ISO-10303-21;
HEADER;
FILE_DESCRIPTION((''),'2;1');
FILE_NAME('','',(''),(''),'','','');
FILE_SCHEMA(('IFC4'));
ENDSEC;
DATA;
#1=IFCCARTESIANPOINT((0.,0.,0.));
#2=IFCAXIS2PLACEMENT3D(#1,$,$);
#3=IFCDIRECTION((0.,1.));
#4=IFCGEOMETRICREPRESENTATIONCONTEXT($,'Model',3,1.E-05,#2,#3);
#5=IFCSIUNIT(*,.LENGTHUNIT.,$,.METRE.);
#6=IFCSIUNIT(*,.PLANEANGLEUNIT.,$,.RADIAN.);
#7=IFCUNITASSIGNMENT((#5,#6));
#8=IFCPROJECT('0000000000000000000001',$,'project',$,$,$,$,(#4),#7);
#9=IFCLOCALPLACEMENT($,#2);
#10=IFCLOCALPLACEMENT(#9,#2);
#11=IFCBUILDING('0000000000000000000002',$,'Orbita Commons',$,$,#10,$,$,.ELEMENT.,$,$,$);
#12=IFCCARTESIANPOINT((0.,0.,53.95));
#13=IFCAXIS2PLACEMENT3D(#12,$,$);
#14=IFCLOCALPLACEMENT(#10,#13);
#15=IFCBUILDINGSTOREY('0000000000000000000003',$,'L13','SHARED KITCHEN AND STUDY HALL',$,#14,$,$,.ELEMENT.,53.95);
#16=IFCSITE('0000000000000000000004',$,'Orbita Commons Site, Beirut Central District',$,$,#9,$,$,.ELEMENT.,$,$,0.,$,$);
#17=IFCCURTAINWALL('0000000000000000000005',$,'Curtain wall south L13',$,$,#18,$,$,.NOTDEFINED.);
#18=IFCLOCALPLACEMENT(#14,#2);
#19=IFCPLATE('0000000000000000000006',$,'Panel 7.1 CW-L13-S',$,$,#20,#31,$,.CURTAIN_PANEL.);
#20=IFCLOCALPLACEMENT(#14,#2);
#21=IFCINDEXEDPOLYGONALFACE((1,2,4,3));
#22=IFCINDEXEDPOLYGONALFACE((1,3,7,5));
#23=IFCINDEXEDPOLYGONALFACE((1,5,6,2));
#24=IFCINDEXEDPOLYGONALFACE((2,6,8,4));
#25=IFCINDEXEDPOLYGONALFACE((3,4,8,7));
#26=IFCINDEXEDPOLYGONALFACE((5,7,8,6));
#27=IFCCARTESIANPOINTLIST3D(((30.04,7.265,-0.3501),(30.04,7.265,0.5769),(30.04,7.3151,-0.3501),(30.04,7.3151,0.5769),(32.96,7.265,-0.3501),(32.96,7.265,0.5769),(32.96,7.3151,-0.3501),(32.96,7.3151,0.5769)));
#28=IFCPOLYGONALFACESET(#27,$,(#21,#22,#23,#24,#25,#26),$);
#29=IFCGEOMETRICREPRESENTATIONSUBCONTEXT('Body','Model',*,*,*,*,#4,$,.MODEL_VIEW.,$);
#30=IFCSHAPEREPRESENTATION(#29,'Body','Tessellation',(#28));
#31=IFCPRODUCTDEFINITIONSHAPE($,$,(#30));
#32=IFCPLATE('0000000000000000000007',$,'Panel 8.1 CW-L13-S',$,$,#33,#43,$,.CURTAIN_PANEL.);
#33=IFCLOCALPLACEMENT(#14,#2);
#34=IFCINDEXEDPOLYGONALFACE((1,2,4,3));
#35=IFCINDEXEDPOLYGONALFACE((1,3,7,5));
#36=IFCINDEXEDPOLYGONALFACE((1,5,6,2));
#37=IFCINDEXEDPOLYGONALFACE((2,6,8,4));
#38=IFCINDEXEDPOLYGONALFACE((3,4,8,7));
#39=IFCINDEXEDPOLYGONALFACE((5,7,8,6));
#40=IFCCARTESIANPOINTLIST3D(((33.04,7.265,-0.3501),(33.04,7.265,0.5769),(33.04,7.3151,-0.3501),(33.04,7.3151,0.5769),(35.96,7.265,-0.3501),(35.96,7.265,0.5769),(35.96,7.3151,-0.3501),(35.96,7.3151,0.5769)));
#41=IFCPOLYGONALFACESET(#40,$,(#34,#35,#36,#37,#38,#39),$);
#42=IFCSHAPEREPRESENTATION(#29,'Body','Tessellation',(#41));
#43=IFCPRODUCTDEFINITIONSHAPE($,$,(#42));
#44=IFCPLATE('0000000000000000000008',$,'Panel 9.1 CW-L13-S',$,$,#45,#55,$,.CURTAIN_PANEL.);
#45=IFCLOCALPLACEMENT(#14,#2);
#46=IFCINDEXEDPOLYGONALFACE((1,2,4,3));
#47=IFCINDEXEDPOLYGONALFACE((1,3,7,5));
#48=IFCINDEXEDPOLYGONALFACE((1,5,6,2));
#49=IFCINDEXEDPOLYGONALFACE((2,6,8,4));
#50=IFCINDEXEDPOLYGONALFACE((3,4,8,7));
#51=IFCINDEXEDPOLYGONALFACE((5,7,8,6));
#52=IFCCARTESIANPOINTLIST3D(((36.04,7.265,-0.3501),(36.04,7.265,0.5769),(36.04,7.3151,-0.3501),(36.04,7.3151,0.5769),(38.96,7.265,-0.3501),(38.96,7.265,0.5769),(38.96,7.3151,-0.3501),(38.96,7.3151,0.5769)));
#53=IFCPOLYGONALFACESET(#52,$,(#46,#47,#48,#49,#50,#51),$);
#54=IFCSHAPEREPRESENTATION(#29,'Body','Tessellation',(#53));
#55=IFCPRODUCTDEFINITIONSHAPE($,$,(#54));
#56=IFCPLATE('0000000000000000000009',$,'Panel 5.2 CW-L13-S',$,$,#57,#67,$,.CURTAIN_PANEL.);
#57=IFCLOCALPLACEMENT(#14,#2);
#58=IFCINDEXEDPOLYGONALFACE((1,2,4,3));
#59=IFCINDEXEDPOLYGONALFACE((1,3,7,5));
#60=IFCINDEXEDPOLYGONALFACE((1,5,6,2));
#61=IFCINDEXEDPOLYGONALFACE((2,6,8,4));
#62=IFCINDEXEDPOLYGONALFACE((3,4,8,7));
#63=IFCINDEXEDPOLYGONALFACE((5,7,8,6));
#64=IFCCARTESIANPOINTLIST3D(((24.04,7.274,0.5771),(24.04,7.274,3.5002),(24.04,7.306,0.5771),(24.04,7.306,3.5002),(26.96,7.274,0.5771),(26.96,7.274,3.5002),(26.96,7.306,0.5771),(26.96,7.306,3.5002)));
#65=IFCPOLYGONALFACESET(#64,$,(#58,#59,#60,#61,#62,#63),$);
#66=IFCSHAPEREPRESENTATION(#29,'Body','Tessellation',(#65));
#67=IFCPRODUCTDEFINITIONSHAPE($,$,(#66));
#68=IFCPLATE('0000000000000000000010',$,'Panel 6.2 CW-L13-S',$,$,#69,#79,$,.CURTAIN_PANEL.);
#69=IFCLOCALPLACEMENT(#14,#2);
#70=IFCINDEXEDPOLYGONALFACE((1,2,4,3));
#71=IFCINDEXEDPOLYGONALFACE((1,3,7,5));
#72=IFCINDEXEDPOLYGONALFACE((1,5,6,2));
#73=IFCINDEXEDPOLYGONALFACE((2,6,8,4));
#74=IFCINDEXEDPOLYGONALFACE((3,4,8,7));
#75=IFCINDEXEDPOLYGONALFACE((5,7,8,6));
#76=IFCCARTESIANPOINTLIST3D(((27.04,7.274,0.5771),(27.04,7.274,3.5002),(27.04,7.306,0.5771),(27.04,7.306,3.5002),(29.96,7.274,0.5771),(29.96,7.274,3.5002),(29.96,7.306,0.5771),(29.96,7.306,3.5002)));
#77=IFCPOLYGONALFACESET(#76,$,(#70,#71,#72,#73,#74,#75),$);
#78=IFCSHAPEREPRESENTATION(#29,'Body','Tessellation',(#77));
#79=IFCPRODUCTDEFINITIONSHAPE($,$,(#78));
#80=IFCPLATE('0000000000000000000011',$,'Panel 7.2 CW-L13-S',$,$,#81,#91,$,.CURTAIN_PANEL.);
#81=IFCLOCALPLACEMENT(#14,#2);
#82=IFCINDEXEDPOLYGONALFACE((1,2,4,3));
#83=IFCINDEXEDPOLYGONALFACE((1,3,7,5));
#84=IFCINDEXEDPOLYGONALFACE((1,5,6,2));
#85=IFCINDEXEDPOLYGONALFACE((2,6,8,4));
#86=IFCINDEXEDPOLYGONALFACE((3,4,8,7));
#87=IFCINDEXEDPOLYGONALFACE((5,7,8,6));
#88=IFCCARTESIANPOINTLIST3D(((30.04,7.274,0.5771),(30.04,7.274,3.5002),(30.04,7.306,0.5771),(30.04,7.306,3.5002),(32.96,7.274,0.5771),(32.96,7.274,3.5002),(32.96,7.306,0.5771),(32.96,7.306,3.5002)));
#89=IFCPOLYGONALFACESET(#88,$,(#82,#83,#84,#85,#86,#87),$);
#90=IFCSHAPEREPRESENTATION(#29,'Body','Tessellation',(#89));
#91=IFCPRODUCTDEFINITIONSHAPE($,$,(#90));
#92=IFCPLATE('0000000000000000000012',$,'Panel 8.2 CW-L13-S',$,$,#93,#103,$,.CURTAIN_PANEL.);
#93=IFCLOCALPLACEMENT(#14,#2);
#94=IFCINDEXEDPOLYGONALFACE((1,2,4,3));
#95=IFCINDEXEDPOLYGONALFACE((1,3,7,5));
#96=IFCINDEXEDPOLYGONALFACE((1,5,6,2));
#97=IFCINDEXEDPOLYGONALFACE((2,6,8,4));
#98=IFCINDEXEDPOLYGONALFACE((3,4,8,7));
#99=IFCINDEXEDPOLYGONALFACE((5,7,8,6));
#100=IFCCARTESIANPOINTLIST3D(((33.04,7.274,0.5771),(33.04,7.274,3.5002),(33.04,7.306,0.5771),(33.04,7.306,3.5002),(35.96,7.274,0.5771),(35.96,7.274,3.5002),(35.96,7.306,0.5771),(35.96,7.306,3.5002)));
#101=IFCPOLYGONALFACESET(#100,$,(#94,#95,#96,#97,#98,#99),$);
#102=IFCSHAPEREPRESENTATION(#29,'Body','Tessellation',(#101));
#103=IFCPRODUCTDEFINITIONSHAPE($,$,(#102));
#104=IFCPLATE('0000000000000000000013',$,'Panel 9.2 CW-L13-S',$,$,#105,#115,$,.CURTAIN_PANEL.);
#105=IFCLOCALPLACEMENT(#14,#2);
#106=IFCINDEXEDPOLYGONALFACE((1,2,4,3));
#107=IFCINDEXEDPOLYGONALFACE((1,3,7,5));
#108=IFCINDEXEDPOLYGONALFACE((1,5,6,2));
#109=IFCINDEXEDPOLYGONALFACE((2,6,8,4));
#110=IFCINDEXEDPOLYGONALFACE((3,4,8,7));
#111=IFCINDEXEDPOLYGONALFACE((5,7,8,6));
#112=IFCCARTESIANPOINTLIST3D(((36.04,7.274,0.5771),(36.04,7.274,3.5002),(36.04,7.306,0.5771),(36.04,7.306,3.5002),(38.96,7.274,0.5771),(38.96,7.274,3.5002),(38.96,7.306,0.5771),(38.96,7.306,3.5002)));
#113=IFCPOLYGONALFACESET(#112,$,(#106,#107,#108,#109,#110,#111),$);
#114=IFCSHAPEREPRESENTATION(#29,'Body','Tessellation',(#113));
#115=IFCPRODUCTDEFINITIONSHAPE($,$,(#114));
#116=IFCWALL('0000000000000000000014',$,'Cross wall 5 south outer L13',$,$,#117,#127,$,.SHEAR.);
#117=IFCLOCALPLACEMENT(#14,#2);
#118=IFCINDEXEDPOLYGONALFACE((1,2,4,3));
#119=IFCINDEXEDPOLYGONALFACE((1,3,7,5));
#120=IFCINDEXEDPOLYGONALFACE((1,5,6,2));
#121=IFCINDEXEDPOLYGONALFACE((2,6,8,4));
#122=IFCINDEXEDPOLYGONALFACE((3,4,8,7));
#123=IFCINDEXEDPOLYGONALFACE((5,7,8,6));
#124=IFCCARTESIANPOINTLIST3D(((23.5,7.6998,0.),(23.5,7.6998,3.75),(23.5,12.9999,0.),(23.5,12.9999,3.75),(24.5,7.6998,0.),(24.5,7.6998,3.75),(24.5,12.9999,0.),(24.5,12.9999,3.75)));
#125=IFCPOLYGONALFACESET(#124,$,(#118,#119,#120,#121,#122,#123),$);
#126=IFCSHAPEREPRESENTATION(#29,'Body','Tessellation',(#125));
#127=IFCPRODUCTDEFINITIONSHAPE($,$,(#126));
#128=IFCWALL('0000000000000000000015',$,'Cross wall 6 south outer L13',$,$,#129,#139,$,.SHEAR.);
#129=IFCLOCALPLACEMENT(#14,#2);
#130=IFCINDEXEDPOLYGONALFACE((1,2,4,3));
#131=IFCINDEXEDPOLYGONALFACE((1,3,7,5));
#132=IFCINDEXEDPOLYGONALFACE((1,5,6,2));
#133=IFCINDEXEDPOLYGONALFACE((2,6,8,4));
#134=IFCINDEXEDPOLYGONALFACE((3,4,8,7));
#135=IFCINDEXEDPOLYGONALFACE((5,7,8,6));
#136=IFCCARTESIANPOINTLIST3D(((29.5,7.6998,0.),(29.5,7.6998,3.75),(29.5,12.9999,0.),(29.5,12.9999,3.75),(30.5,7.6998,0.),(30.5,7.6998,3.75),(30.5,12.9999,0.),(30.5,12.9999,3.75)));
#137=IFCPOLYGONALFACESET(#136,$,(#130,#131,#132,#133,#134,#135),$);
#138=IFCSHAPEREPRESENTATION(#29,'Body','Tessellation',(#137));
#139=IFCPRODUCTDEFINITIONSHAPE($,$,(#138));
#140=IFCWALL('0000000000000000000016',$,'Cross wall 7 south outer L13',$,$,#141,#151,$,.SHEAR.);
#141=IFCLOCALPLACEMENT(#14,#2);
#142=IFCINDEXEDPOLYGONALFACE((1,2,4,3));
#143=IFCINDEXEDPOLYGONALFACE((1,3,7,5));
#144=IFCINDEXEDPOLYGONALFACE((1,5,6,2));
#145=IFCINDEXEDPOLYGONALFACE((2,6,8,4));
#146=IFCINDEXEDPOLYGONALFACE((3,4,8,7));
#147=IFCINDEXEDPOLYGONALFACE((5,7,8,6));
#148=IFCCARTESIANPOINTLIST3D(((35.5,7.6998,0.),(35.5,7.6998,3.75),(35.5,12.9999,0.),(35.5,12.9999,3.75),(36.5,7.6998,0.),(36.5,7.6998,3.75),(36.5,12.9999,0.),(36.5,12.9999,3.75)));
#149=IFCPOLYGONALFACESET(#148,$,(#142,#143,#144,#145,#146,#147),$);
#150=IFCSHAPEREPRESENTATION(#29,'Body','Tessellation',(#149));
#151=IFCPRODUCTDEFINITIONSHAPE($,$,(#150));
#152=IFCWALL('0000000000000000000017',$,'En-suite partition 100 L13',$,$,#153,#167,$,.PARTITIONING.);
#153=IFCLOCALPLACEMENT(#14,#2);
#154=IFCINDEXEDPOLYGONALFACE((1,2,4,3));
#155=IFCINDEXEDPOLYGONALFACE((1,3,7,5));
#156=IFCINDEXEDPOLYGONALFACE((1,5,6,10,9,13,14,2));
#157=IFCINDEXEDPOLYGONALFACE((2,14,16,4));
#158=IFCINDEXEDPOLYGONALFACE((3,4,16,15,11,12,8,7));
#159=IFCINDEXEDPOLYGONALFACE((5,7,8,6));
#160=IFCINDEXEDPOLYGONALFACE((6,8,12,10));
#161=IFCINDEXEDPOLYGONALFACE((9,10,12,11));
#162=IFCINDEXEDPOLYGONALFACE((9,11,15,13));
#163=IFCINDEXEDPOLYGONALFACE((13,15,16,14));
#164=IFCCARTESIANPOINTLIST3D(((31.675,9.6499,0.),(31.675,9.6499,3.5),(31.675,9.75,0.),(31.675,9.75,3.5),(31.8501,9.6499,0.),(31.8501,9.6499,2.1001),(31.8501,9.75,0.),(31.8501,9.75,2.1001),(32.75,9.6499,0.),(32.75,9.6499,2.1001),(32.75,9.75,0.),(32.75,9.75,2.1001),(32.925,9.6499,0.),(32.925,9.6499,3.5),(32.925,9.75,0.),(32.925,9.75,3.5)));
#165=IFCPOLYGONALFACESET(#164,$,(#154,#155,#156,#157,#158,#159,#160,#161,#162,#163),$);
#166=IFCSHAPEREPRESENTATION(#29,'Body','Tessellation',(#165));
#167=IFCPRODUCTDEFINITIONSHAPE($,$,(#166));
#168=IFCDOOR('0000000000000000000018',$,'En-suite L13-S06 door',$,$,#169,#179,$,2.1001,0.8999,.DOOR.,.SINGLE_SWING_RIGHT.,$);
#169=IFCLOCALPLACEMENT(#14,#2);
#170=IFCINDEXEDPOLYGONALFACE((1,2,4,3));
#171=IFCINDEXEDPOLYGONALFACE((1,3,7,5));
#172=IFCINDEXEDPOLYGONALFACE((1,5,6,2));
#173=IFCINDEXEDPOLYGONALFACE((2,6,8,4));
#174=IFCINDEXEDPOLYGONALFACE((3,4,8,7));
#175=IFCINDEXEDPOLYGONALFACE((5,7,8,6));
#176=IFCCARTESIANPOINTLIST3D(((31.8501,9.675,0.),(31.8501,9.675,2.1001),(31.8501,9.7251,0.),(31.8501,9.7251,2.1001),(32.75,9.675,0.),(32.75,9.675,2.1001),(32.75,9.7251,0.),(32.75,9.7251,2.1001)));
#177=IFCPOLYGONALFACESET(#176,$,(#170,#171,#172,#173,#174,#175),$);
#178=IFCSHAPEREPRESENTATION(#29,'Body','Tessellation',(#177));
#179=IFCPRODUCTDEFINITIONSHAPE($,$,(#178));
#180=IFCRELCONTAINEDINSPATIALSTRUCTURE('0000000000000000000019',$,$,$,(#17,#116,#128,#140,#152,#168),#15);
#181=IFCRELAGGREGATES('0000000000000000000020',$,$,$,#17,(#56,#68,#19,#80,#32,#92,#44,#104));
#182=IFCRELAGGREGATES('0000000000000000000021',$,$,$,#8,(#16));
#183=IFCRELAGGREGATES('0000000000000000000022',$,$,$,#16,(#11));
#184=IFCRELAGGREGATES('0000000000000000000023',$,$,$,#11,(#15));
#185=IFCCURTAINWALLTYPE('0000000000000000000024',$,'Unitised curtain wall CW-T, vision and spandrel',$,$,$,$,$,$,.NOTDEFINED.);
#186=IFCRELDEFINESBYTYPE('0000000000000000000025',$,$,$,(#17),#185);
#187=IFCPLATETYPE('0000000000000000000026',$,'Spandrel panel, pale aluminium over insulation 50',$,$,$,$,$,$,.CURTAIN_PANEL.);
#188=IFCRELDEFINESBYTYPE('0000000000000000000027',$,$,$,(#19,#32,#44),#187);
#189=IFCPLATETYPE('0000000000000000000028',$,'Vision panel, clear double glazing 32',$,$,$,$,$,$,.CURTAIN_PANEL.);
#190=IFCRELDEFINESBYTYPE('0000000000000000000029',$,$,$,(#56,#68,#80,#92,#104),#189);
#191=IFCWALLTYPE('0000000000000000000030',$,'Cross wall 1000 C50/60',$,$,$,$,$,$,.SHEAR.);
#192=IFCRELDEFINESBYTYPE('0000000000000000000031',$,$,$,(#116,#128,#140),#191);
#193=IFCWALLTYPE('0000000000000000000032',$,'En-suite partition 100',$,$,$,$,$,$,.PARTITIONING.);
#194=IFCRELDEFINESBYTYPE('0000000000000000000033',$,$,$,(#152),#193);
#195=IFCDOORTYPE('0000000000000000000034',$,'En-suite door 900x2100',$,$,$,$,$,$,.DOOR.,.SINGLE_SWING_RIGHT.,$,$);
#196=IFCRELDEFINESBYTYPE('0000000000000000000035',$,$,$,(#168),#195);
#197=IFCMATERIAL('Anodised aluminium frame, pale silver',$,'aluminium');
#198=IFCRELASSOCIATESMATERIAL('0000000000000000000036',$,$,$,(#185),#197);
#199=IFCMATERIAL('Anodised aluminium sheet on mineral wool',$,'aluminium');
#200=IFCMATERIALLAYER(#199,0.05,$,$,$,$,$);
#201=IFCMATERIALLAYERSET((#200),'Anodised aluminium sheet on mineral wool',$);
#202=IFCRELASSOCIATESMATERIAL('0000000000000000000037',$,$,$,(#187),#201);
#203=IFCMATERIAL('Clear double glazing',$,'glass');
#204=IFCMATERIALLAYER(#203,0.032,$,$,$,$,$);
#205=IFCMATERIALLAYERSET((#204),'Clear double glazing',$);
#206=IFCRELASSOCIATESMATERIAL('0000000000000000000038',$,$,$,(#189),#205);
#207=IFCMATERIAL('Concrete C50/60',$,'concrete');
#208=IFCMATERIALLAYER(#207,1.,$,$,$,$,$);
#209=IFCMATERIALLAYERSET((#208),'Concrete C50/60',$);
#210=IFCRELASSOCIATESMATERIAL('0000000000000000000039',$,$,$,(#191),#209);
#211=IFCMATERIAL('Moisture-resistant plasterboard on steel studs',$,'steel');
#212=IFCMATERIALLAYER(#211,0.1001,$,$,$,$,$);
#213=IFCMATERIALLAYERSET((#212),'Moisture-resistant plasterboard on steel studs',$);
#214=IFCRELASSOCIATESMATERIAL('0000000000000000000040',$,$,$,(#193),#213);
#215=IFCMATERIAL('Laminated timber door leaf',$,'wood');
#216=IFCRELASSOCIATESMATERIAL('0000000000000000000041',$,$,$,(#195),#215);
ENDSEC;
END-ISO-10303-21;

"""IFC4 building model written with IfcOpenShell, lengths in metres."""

from ifc_helpers import new_model, si_unit, direction, frame, frame_2d, origin, origin_2d, place, context, subcontext, project, spatial, rectangle, extrude, material, layer, layer_set, type_object, element, fill, aggregate, save


model = new_model("IFC4")

# Units and contexts
model_context = context("Model", 3, precision=1e-05, world=origin(), true_north=direction((0.0, 1.0)))
body_context = subcontext(model_context, "Body", "Model", "MODEL_VIEW")
ifc_project = project(units=[si_unit("LENGTHUNIT", "METRE"), si_unit("PLANEANGLEUNIT", "RADIAN")], contexts=[model_context])

# Site, building, storey
site_placement = place(None, origin())
site = spatial("IfcSite", under=ifc_project, at=site_placement, Name="Orbita Commons Site, Beirut Central District", CompositionType="ELEMENT", RefElevation=0.0)
building_placement = place(site_placement, origin())
building = spatial("IfcBuilding", under=site, at=building_placement, Name="Orbita Commons", CompositionType="ELEMENT")
storey_placement = place(building_placement, frame((0.0, 0.0, 53.95)))
storey = spatial("IfcBuildingStorey", under=building, at=storey_placement, Name="L13", Description="SHARED KITCHEN AND STUDY HALL", CompositionType="ELEMENT", Elevation=53.95)

# Curtain wall, plates
ifc_material_1 = material(Name="Anodised aluminium frame, pale silver", Category="aluminium")
curtain_wall_type = type_object("IfcCurtainWallType", Name="Unitised curtain wall CW-T, vision and spandrel", PredefinedType="NOTDEFINED", material=ifc_material_1)
curtain_wall_placement = place(storey_placement, origin())
curtain_wall = element("IfcCurtainWall", 1, at=curtain_wall_placement, inside=storey, type_object=curtain_wall_type, Name="Curtain wall south L13", PredefinedType="NOTDEFINED")
ifc_material_2 = material(Name="Anodised aluminium sheet on mineral wool", Category="aluminium")
ifc_layer_1 = layer(ifc_material_2, 0.05)
ifc_layer_set_1 = layer_set([ifc_layer_1], Name="Anodised aluminium sheet on mineral wool")
plate_type_1 = type_object("IfcPlateType", Name="Spandrel panel, pale aluminium over insulation 50", PredefinedType="CURTAIN_PANEL", material=ifc_layer_set_1)
plate_1_placement = place(storey_placement, frame((31.5, 7.29, -0.3501), z_axis=(0.0, 0.0, 1.0), x_axis=(1.0, 0.0, 0.0)))
plate_1 = element("IfcPlate", 2, at=plate_1_placement, type_object=plate_type_1, Name="Panel 7.1 CW-L13-S", PredefinedType="CURTAIN_PANEL", context=body_context, shape_type="SweptSolid", body=[
    extrude(rectangle(XDim=2.9199, YDim=0.05, at=origin_2d()), origin(), (0.0, 0.0, 1.0), 0.927),
])
plate_2_placement = place(storey_placement, frame((34.5, 7.29, -0.3501), z_axis=(0.0, 0.0, 1.0), x_axis=(1.0, 0.0, 0.0)))
plate_2 = element("IfcPlate", 3, at=plate_2_placement, type_object=plate_type_1, Name="Panel 8.1 CW-L13-S", PredefinedType="CURTAIN_PANEL", context=body_context, shape_type="SweptSolid", body=[
    extrude(rectangle(XDim=2.9199, YDim=0.05, at=origin_2d()), origin(), (0.0, 0.0, 1.0), 0.927),
])
plate_3_placement = place(storey_placement, frame((37.5, 7.29, -0.3501), z_axis=(0.0, 0.0, 1.0), x_axis=(1.0, 0.0, 0.0)))
plate_3 = element("IfcPlate", 4, at=plate_3_placement, type_object=plate_type_1, Name="Panel 9.1 CW-L13-S", PredefinedType="CURTAIN_PANEL", context=body_context, shape_type="SweptSolid", body=[
    extrude(rectangle(XDim=2.9199, YDim=0.05, at=origin_2d()), origin(), (0.0, 0.0, 1.0), 0.927),
])
ifc_material_3 = material(Name="Clear double glazing", Category="glass")
ifc_layer_2 = layer(ifc_material_3, 0.032)
ifc_layer_set_2 = layer_set([ifc_layer_2], Name="Clear double glazing")
plate_type_2 = type_object("IfcPlateType", Name="Vision panel, clear double glazing 32", PredefinedType="CURTAIN_PANEL", material=ifc_layer_set_2)
plate_4_placement = place(storey_placement, frame((25.5, 7.29, 0.5771), z_axis=(0.0, 0.0, 1.0), x_axis=(1.0, 0.0, 0.0)))
plate_4 = element("IfcPlate", 5, at=plate_4_placement, type_object=plate_type_2, Name="Panel 5.2 CW-L13-S", PredefinedType="CURTAIN_PANEL", context=body_context, shape_type="SweptSolid", body=[
    extrude(rectangle(XDim=2.9199, YDim=0.032, at=origin_2d()), origin(), (0.0, 0.0, 1.0), 2.9231),
])
plate_5_placement = place(storey_placement, frame((28.5, 7.29, 0.5771), z_axis=(0.0, 0.0, 1.0), x_axis=(1.0, 0.0, 0.0)))
plate_5 = element("IfcPlate", 6, at=plate_5_placement, type_object=plate_type_2, Name="Panel 6.2 CW-L13-S", PredefinedType="CURTAIN_PANEL", context=body_context, shape_type="SweptSolid", body=[
    extrude(rectangle(XDim=2.9199, YDim=0.032, at=origin_2d()), origin(), (0.0, 0.0, 1.0), 2.9231),
])
plate_6_placement = place(storey_placement, frame((31.5, 7.29, 0.5771), z_axis=(0.0, 0.0, 1.0), x_axis=(1.0, 0.0, 0.0)))
plate_6 = element("IfcPlate", 7, at=plate_6_placement, type_object=plate_type_2, Name="Panel 7.2 CW-L13-S", PredefinedType="CURTAIN_PANEL", context=body_context, shape_type="SweptSolid", body=[
    extrude(rectangle(XDim=2.9199, YDim=0.032, at=origin_2d()), origin(), (0.0, 0.0, 1.0), 2.9231),
])
plate_7_placement = place(storey_placement, frame((34.5, 7.29, 0.5771), z_axis=(0.0, 0.0, 1.0), x_axis=(1.0, 0.0, 0.0)))
plate_7 = element("IfcPlate", 8, at=plate_7_placement, type_object=plate_type_2, Name="Panel 8.2 CW-L13-S", PredefinedType="CURTAIN_PANEL", context=body_context, shape_type="SweptSolid", body=[
    extrude(rectangle(XDim=2.9199, YDim=0.032, at=origin_2d()), origin(), (0.0, 0.0, 1.0), 2.9231),
])
plate_8_placement = place(storey_placement, frame((37.5, 7.29, 0.5771), z_axis=(0.0, 0.0, 1.0), x_axis=(1.0, 0.0, 0.0)))
plate_8 = element("IfcPlate", 9, at=plate_8_placement, type_object=plate_type_2, Name="Panel 9.2 CW-L13-S", PredefinedType="CURTAIN_PANEL", context=body_context, shape_type="SweptSolid", body=[
    extrude(rectangle(XDim=2.9199, YDim=0.032, at=origin_2d()), origin(), (0.0, 0.0, 1.0), 2.9231),
])
aggregate(curtain_wall, [plate_4, plate_5, plate_1, plate_6, plate_2, plate_7, plate_3, plate_8])

# Walls
ifc_material_4 = material(Name="Concrete C50/60", Category="concrete")
ifc_layer_3 = layer(ifc_material_4, 1.0)
ifc_layer_set_3 = layer_set([ifc_layer_3], Name="Concrete C50/60")
wall_type_1 = type_object("IfcWallType", Name="Cross wall 1000 C50/60", PredefinedType="SHEAR", material=ifc_layer_set_3)
for number, where, z_axis, x_axis, name in (
    (10, (24.0, 7.7, 0.0), (0.0, 0.0, 1.0), (0.0, 1.0, 0.0), "Cross wall 5 south outer L13"),
    (11, (30.0, 7.7, 0.0), (0.0, 0.0, 1.0), (0.0, 1.0, 0.0), "Cross wall 6 south outer L13"),
    (12, (36.0, 7.7, 0.0), (0.0, 0.0, 1.0), (0.0, 1.0, 0.0), "Cross wall 7 south outer L13"),
):
    element("IfcWall", number, at=place(storey_placement, frame(where, z_axis=z_axis, x_axis=x_axis)), inside=storey, type_object=wall_type_1, Name=name, PredefinedType="SHEAR", context=body_context, shape_type="SweptSolid", body=[
        extrude(rectangle(XDim=5.3, YDim=1.0, at=frame_2d((2.6499, 0.0))), origin(), (0.0, 0.0, 1.0), 3.75),
    ])

# Wall, opening, door
ifc_material_5 = material(Name="Moisture-resistant plasterboard on steel studs", Category="steel")
ifc_layer_4 = layer(ifc_material_5, 0.1001)
ifc_layer_set_4 = layer_set([ifc_layer_4], Name="Moisture-resistant plasterboard on steel studs")
wall_type_2 = type_object("IfcWallType", Name="En-suite partition 100", PredefinedType="PARTITIONING", material=ifc_layer_set_4)
wall_1_placement = place(storey_placement, frame((32.925, 9.7, 0.0), z_axis=(0.0, 0.0, 1.0), x_axis=(-1.0, 0.0, 0.0)))
wall_1 = element("IfcWall", 13, at=wall_1_placement, inside=storey, type_object=wall_type_2, Name="En-suite partition 100 L13", PredefinedType="PARTITIONING", context=body_context, shape_type="SweptSolid", body=[
    extrude(rectangle(XDim=1.25, YDim=0.1001, at=frame_2d((0.625, 0.0))), origin(), (0.0, 0.0, 1.0), 3.5),
])
opening_1_placement = place(wall_1_placement, frame((0.175, 0.0, 0.0)))
opening_1 = element("IfcOpeningElement", 14, at=opening_1_placement, cuts=wall_1, PredefinedType="OPENING", context=body_context, shape_type="SweptSolid", body=[
    extrude(rectangle(XDim=0.8999, YDim=2.1001, at=frame_2d((0.45, 1.05))), frame((0.0, 0.0601, 0.0), z_axis=(0.0, -1.0, 0.0), x_axis=(1.0, 0.0, 0.0)), (0.0, 0.0, 1.0), 0.1201),
])
ifc_material_6 = material(Name="Laminated timber door leaf", Category="wood")
door_type = type_object("IfcDoorType", Name="En-suite door 900x2100", OperationType="SINGLE_SWING_RIGHT", PredefinedType="DOOR", material=ifc_material_6)
door_1_placement = place(opening_1_placement, origin())
door_1 = element("IfcDoor", 15, at=door_1_placement, inside=storey, type_object=door_type, Name="En-suite L13-S06 door", OperationType="SINGLE_SWING_RIGHT", OverallHeight=2.1001, OverallWidth=0.8999, PredefinedType="DOOR", context=body_context, shape_type="SweptSolid", body=[
    extrude(rectangle(XDim=0.8999, YDim=2.1001, at=frame_2d((0.45, 1.05))), frame((0.0, 0.0249, 0.0), z_axis=(0.0, -1.0, 0.0), x_axis=(1.0, 0.0, 0.0)), (0.0, 0.0, 1.0), 0.05),
])
fill(opening_1, door_1)

save(model, "model.ifc")
